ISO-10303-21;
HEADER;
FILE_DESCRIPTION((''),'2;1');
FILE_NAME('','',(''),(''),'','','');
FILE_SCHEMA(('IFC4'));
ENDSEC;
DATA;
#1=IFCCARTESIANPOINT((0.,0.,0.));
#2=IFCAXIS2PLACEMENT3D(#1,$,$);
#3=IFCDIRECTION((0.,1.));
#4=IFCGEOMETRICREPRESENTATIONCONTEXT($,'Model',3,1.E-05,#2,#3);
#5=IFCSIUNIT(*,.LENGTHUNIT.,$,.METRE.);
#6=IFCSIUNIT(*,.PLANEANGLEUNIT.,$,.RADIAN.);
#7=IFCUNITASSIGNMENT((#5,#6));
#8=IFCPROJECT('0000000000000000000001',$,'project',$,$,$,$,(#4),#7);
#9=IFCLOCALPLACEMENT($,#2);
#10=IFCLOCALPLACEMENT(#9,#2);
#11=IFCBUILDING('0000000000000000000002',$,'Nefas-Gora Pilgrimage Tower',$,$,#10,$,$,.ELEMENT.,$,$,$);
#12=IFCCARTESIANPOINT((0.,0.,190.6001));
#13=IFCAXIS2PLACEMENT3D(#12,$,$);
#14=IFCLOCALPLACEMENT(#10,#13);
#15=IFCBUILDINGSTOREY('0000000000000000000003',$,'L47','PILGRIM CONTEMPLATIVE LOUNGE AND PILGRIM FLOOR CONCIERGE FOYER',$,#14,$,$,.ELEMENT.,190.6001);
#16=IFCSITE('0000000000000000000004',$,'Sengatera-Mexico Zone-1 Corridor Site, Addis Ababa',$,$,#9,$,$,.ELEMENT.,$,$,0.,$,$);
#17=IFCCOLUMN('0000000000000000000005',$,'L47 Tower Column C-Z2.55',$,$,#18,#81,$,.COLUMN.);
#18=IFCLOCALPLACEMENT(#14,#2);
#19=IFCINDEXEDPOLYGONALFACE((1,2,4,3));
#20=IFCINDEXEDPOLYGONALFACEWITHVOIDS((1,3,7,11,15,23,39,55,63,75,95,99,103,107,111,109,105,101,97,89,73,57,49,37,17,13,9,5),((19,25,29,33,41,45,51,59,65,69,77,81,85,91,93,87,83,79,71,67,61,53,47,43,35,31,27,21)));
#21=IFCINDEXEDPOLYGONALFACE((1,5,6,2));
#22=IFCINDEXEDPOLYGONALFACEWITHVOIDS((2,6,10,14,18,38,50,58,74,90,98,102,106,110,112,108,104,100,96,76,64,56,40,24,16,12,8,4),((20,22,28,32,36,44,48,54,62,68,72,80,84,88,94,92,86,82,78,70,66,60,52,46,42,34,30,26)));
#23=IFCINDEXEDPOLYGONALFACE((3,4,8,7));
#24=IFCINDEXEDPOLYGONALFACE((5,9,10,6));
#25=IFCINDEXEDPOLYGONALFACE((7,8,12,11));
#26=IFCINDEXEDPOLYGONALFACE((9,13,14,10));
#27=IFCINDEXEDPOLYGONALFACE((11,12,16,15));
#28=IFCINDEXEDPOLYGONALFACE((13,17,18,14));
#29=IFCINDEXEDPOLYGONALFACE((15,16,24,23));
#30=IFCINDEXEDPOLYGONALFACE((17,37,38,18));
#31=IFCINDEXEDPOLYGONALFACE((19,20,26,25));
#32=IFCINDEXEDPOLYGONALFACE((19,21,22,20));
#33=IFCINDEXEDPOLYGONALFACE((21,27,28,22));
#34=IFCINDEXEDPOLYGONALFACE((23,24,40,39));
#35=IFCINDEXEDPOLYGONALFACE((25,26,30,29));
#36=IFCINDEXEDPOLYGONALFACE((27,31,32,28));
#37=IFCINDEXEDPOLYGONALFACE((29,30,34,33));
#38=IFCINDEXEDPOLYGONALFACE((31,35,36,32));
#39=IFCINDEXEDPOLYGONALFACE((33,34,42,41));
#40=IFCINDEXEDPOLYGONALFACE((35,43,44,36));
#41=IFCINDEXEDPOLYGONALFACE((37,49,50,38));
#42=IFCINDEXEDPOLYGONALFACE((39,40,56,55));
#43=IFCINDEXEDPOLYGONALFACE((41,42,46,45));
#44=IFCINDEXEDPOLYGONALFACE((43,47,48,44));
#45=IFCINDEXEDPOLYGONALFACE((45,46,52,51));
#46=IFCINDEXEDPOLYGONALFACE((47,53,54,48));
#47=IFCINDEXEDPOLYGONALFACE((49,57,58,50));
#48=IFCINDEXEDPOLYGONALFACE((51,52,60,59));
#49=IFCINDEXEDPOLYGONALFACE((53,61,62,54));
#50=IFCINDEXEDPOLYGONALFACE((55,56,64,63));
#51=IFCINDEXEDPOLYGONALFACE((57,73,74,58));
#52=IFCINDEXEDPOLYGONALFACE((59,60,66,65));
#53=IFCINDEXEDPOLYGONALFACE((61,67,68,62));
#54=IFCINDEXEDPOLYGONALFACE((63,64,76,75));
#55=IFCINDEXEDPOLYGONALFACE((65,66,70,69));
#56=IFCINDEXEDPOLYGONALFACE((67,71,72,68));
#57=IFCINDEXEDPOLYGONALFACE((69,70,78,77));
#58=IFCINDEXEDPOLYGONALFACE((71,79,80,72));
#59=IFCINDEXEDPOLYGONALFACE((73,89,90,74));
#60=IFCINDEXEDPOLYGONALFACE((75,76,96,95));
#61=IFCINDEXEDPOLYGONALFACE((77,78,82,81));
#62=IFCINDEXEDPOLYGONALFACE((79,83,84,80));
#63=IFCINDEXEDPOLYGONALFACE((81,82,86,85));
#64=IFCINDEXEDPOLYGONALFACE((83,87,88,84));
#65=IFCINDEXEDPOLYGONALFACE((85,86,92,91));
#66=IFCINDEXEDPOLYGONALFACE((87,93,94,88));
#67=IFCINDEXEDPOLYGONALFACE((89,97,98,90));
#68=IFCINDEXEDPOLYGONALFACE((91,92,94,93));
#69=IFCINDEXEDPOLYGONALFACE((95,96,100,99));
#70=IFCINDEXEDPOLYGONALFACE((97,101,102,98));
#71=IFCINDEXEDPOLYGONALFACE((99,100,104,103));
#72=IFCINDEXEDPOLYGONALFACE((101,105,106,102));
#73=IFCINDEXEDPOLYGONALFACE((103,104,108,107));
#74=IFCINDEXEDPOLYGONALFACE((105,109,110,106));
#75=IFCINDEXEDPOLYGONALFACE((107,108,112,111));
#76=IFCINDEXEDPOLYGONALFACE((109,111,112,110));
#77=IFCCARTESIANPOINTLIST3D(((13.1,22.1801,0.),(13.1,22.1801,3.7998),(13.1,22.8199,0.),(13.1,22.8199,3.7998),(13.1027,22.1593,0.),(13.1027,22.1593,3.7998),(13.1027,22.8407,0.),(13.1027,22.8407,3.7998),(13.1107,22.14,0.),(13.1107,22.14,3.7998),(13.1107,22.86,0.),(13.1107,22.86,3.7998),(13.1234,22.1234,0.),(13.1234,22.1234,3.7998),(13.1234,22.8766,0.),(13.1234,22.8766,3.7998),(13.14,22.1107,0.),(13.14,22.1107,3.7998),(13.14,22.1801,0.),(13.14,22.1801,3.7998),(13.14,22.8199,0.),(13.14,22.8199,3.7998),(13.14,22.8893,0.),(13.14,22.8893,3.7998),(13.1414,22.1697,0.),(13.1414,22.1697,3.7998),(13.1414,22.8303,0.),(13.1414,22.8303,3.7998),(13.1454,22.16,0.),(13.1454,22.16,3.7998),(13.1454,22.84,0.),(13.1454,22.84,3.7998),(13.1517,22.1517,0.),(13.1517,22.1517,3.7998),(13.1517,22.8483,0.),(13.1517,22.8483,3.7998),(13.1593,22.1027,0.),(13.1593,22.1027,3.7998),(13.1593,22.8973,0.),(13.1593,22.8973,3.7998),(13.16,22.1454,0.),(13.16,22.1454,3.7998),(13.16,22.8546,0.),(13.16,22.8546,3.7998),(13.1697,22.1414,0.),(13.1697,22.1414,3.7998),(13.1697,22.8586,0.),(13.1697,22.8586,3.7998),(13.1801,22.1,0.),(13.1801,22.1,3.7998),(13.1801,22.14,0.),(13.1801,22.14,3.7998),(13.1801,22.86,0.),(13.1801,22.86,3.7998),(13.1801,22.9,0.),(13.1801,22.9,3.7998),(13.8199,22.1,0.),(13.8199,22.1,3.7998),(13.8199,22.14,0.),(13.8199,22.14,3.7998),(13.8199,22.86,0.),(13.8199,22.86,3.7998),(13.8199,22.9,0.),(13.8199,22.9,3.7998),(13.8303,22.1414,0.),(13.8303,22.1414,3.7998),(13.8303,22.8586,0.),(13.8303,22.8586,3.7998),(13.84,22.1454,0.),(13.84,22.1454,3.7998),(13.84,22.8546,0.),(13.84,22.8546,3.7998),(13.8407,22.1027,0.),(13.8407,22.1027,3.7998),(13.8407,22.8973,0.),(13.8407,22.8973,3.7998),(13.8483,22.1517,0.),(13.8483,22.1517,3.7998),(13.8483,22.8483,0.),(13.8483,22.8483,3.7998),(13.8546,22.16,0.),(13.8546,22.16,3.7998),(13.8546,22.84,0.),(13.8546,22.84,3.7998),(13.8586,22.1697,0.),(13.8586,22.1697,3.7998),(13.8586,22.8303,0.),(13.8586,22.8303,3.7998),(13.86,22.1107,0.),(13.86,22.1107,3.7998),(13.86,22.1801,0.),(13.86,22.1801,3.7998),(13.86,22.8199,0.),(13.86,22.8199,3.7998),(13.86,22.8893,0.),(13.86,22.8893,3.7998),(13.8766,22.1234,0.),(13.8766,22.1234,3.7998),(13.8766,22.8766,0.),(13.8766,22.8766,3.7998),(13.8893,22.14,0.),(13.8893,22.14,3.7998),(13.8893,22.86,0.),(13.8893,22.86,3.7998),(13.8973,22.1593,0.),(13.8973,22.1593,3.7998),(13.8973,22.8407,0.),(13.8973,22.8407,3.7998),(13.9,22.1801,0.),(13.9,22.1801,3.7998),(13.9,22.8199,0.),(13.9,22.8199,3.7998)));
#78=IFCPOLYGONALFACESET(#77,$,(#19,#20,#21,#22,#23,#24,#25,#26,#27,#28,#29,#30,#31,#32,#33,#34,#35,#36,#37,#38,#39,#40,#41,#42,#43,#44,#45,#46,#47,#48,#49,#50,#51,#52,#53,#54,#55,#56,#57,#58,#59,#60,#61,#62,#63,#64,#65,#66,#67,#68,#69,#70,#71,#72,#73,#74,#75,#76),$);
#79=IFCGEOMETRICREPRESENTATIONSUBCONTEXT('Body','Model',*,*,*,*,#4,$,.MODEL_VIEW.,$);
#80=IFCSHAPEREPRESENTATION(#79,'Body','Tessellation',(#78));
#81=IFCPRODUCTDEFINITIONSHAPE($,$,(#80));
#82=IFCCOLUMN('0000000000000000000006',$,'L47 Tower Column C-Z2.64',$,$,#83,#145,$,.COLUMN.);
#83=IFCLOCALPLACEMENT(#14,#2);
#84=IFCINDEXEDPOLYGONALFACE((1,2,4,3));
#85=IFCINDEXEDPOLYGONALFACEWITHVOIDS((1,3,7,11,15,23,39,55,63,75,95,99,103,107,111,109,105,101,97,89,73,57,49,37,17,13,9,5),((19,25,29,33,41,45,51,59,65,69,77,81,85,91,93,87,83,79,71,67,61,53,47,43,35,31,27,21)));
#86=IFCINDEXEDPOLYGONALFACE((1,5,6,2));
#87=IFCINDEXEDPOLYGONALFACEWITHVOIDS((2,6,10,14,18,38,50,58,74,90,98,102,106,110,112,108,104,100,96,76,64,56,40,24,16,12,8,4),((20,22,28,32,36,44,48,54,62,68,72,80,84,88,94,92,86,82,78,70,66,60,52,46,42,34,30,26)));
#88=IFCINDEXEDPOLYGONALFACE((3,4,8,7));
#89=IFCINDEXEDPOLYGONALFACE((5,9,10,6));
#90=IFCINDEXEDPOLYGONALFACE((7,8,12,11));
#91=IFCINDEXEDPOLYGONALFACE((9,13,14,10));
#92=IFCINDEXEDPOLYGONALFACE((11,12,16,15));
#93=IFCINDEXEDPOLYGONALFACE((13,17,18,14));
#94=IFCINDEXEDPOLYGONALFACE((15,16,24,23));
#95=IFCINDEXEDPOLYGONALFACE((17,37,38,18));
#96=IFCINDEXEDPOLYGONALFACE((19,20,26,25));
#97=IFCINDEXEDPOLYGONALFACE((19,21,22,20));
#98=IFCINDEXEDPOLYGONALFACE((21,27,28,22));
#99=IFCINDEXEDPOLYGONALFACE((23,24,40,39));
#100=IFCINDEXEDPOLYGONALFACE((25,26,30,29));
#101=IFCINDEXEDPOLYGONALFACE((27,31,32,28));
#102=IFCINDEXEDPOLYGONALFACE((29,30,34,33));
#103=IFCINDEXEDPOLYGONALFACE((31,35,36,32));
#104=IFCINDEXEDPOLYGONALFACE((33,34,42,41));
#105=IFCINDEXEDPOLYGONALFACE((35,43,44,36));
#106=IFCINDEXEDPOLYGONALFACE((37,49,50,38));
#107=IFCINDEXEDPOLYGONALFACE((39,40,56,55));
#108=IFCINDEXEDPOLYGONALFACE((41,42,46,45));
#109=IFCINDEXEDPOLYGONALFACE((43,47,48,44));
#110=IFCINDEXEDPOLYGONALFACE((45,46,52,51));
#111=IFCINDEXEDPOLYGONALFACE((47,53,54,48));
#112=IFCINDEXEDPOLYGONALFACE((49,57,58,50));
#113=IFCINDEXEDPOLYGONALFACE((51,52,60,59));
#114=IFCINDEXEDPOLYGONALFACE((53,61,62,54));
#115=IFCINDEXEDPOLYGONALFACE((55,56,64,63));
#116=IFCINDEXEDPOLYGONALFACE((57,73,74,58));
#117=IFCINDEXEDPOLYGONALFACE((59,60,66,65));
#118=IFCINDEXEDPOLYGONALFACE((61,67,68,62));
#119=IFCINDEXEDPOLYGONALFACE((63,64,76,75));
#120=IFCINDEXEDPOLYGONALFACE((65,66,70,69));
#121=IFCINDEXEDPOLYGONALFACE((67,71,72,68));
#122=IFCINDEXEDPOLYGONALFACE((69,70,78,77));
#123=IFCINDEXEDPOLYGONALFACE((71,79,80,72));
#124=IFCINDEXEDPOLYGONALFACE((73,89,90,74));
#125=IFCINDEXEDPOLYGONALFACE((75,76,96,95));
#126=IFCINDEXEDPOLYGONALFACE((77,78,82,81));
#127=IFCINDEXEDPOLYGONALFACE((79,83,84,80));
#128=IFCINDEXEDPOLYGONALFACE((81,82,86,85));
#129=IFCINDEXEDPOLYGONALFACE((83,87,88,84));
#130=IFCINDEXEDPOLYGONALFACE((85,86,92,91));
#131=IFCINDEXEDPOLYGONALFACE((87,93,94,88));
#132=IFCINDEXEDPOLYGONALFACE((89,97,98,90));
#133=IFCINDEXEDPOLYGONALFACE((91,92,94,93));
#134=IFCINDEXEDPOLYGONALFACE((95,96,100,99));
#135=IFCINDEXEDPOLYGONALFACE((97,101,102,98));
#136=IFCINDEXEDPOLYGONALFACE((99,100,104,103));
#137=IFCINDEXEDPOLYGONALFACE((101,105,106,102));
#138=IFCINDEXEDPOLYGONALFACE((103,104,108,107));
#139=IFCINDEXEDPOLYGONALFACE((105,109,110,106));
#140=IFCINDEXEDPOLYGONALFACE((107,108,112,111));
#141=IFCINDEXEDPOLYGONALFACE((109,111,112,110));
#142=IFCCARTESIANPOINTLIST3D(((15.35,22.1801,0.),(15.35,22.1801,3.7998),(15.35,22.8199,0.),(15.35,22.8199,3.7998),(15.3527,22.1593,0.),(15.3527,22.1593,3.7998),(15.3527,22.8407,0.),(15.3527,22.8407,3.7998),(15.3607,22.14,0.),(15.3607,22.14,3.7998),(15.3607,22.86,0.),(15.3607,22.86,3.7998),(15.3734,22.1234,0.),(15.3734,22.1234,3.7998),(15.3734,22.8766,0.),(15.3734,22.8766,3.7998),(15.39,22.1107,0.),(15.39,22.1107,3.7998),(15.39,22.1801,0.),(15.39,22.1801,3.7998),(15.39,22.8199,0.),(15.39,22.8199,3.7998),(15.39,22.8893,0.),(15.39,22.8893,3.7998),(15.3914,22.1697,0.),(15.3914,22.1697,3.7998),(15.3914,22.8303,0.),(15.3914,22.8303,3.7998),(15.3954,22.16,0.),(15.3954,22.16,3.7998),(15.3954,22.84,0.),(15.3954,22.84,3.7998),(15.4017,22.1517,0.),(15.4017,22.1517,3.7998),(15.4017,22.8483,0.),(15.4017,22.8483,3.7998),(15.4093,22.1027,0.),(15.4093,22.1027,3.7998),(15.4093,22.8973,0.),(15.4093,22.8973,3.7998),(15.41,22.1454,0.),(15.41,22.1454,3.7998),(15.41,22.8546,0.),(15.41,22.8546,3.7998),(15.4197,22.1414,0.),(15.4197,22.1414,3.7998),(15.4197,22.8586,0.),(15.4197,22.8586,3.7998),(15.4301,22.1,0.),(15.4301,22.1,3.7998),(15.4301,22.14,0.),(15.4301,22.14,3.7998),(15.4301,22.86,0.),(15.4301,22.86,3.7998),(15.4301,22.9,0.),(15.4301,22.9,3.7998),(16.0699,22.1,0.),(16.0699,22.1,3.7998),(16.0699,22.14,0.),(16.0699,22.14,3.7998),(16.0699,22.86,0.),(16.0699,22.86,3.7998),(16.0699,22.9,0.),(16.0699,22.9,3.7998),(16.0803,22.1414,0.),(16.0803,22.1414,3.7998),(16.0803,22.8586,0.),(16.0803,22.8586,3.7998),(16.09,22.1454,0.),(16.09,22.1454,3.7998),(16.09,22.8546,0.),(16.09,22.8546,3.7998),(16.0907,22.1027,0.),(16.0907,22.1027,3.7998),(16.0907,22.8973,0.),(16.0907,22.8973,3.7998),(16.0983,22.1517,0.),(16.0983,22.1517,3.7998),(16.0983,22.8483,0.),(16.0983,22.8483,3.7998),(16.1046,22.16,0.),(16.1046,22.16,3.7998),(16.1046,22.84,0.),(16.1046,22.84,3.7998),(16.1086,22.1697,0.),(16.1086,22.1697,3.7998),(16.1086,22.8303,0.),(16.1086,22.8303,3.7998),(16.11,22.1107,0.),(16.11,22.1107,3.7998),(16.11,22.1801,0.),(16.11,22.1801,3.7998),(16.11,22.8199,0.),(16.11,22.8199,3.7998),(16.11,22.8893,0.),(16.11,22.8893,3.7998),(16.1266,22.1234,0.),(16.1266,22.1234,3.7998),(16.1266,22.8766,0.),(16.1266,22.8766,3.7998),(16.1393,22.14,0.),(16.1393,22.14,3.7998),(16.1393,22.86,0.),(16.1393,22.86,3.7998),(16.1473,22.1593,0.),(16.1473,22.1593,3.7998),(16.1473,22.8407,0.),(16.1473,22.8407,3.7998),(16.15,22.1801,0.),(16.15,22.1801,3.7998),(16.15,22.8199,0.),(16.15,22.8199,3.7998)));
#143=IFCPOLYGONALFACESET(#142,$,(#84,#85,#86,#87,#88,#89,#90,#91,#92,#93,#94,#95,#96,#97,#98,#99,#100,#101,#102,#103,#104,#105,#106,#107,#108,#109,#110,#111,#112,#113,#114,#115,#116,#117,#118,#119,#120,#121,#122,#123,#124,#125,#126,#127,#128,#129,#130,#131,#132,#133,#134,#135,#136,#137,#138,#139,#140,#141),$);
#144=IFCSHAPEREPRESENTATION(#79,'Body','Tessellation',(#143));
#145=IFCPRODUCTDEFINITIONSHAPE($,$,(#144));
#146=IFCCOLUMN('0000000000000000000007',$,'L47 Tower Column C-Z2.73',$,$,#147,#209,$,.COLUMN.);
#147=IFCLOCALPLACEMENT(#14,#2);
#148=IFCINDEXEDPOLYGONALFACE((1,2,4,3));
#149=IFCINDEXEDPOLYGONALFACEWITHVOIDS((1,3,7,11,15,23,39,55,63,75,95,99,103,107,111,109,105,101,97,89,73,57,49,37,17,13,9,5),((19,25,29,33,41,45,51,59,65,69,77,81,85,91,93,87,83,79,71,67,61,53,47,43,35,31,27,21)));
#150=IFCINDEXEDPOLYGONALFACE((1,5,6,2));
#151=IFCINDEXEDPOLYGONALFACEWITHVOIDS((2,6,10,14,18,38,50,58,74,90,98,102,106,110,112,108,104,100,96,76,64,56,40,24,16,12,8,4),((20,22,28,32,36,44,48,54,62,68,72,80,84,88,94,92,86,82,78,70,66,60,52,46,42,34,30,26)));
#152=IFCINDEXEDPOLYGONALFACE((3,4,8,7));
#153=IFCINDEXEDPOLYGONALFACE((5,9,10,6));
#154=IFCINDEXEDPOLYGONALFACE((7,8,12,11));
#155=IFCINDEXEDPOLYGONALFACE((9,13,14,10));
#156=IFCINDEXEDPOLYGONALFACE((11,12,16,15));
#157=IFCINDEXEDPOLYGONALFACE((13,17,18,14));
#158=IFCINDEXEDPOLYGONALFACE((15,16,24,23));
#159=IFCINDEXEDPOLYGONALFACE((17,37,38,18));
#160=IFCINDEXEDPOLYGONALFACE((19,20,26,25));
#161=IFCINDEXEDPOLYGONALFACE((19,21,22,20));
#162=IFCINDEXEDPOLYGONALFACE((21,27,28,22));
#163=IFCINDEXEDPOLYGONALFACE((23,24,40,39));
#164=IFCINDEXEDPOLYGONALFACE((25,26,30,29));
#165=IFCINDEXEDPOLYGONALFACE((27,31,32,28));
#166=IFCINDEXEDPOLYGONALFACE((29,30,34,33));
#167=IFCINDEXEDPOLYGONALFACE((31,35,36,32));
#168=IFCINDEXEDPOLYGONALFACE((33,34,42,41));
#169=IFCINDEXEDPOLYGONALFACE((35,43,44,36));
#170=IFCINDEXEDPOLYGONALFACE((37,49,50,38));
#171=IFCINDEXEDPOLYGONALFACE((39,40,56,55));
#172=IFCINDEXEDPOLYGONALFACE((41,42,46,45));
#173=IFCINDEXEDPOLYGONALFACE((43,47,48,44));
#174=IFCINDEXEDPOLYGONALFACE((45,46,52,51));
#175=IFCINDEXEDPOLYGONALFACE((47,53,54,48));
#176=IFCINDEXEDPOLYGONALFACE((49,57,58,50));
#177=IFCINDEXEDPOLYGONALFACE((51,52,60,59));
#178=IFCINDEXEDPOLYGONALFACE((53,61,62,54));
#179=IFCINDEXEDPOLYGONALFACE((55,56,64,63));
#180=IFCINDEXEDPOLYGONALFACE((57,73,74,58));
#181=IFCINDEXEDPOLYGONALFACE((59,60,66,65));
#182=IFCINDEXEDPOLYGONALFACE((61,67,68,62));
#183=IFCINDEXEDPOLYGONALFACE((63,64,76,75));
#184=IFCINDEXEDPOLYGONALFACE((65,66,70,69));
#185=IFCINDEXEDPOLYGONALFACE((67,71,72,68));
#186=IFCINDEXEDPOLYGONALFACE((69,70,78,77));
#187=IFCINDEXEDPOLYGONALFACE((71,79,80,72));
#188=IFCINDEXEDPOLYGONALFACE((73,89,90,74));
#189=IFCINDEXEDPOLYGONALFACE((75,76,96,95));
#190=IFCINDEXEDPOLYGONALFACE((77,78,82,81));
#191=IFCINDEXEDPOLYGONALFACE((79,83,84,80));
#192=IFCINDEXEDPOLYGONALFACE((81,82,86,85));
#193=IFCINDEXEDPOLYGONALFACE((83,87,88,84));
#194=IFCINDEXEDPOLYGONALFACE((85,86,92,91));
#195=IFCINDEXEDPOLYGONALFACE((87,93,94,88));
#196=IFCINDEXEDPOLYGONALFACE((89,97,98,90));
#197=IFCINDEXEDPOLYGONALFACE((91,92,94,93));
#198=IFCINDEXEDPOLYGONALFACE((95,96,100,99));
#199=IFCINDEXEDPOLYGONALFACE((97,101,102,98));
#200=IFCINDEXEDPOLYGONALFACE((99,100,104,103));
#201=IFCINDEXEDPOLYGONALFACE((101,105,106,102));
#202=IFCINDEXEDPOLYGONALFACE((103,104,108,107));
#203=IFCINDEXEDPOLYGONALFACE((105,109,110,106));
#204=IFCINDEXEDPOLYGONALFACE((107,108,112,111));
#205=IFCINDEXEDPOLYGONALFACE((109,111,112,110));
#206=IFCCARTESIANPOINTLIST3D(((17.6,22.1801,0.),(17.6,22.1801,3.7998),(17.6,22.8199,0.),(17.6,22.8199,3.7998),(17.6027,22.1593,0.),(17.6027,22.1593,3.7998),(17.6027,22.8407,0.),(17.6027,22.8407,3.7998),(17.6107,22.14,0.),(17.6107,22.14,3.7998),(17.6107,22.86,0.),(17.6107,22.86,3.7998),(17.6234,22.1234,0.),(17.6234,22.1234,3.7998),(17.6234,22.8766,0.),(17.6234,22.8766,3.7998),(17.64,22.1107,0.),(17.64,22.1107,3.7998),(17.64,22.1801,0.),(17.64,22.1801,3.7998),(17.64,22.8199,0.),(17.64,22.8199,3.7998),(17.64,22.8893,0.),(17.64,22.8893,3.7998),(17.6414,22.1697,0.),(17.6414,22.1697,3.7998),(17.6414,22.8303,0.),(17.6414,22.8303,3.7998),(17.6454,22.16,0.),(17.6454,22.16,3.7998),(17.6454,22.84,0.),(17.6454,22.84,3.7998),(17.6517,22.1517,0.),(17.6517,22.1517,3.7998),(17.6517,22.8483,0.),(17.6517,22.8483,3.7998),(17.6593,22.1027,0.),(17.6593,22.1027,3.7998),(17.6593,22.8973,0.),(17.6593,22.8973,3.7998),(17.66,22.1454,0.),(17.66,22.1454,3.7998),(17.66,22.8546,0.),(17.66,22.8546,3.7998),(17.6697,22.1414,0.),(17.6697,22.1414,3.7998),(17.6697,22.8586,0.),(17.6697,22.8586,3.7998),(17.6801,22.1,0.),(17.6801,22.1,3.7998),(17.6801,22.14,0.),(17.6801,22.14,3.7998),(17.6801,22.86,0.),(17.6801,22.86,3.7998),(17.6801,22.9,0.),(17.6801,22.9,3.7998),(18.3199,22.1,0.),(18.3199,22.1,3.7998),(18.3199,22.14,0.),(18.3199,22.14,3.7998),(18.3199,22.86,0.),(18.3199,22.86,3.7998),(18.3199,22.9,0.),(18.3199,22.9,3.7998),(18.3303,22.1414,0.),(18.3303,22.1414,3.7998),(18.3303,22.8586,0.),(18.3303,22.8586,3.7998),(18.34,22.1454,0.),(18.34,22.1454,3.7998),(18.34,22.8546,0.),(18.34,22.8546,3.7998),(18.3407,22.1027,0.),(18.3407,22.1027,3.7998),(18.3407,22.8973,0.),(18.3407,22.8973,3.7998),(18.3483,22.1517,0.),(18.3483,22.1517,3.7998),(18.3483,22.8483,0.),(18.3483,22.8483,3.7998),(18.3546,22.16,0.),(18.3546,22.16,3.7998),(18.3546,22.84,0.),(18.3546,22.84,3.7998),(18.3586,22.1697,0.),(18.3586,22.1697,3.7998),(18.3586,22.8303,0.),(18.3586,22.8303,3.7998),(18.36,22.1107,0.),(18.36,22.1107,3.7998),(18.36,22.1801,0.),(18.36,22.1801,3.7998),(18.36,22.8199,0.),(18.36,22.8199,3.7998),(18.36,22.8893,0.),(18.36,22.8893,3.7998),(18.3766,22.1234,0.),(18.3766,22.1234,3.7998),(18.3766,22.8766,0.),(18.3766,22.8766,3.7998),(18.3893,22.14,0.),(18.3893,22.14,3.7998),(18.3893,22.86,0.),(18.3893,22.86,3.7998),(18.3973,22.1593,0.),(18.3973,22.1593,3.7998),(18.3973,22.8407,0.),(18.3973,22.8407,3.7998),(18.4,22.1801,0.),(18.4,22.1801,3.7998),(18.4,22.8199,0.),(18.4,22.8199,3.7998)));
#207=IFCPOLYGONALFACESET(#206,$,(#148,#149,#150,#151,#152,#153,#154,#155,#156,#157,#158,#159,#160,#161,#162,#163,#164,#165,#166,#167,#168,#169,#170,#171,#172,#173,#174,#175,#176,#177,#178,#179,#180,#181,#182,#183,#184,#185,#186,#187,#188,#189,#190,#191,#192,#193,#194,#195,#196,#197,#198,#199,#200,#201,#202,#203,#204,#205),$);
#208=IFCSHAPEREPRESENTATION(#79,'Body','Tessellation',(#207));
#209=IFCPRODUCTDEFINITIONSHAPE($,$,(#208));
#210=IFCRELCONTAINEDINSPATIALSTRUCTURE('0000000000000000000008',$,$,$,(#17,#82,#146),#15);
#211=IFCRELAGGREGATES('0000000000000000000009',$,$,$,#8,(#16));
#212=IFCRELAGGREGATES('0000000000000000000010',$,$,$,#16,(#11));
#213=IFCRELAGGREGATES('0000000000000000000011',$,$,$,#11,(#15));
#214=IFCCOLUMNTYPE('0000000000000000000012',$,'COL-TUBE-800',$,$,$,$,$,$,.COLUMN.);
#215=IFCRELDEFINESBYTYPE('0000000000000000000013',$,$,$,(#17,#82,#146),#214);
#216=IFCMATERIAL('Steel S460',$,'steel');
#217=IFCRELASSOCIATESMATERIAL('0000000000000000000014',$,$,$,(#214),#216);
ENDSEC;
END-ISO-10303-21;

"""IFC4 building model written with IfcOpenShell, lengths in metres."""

from ifc_helpers import new_model, si_unit, direction, frame, origin, origin_2d, place, context, subcontext, project, spatial, hollow_rectangle, extrude, source, transform, mapped, material, material_profile, profile_set, type_object, element, save


model = new_model("IFC4")

# Units and contexts
model_context = context("Model", 3, precision=1e-05, world=origin(), true_north=direction((0.0, 1.0)))
body_context = subcontext(model_context, "Body", "Model", "MODEL_VIEW")
ifc_project = project(units=[si_unit("LENGTHUNIT", "METRE"), si_unit("PLANEANGLEUNIT", "RADIAN")], contexts=[model_context])

# Site, building, storey
site_placement = place(None, origin())
site = spatial("IfcSite", under=ifc_project, at=site_placement, Name="Sengatera-Mexico Zone-1 Corridor Site, Addis Ababa", CompositionType="ELEMENT", RefElevation=0.0)
building_placement = place(site_placement, origin())
building = spatial("IfcBuilding", under=site, at=building_placement, Name="Nefas-Gora Pilgrimage Tower", CompositionType="ELEMENT")
storey_placement = place(building_placement, frame((0.0, 0.0, 190.6001)))
storey = spatial("IfcBuildingStorey", under=building, at=storey_placement, Name="L47", Description="PILGRIM CONTEMPLATIVE LOUNGE AND PILGRIM FLOOR CONCIERGE FOYER", CompositionType="ELEMENT", Elevation=190.6001)

# Columns
ifc_material_1 = material(Name="Steel S460", Category="steel")
ifc_material_profile_1 = material_profile(ifc_material_1, hollow_rectangle(XDim=0.8, YDim=0.8, WallThickness=0.04, InnerFilletRadius=0.04, OuterFilletRadius=0.0801, at=origin_2d()), Name="BOX 800x800x40")
ifc_profile_set_1 = profile_set([ifc_material_profile_1], Name="Steel S460")
column_type_1 = type_object("IfcColumnType", Name="COL-TUBE-800", PredefinedType="COLUMN", material=ifc_profile_set_1)
shared_shape_1 = source(origin(), body_context, "Body", "SweptSolid", [
    extrude(hollow_rectangle(XDim=0.8, YDim=0.8, WallThickness=0.04, InnerFilletRadius=0.04, OuterFilletRadius=0.0801, at=origin_2d()), origin(), (0.0, 0.0, 1.0), 3.7998),
])
for number, where, z_axis, x_axis, name in (
    (1, (13.5, 22.5, 0.0), (0.0, 0.0, 1.0), (1.0, 0.0, 0.0), "L47 Tower Column C-Z2.55"),
    (2, (15.75, 22.5, 0.0), (0.0, 0.0, 1.0), (1.0, 0.0, 0.0), "L47 Tower Column C-Z2.64"),
    (3, (18.0, 22.5, 0.0), (0.0, 0.0, 1.0), (1.0, 0.0, 0.0), "L47 Tower Column C-Z2.73"),
):
    element("IfcColumn", number, at=place(storey_placement, frame(where, z_axis=z_axis, x_axis=x_axis)), inside=storey, type_object=column_type_1, Name=name, PredefinedType="COLUMN", context=body_context, shape_type="MappedRepresentation", body=[
        mapped(shared_shape_1, transform((0.0, 0.0, 0.0), x_axis=(1.0, 0.0, 0.0), y_axis=(0.0, 1.0, 0.0), z_axis=(0.0, 0.0, 1.0), scale=1.0)),
    ])

save(model, "model.ifc")
